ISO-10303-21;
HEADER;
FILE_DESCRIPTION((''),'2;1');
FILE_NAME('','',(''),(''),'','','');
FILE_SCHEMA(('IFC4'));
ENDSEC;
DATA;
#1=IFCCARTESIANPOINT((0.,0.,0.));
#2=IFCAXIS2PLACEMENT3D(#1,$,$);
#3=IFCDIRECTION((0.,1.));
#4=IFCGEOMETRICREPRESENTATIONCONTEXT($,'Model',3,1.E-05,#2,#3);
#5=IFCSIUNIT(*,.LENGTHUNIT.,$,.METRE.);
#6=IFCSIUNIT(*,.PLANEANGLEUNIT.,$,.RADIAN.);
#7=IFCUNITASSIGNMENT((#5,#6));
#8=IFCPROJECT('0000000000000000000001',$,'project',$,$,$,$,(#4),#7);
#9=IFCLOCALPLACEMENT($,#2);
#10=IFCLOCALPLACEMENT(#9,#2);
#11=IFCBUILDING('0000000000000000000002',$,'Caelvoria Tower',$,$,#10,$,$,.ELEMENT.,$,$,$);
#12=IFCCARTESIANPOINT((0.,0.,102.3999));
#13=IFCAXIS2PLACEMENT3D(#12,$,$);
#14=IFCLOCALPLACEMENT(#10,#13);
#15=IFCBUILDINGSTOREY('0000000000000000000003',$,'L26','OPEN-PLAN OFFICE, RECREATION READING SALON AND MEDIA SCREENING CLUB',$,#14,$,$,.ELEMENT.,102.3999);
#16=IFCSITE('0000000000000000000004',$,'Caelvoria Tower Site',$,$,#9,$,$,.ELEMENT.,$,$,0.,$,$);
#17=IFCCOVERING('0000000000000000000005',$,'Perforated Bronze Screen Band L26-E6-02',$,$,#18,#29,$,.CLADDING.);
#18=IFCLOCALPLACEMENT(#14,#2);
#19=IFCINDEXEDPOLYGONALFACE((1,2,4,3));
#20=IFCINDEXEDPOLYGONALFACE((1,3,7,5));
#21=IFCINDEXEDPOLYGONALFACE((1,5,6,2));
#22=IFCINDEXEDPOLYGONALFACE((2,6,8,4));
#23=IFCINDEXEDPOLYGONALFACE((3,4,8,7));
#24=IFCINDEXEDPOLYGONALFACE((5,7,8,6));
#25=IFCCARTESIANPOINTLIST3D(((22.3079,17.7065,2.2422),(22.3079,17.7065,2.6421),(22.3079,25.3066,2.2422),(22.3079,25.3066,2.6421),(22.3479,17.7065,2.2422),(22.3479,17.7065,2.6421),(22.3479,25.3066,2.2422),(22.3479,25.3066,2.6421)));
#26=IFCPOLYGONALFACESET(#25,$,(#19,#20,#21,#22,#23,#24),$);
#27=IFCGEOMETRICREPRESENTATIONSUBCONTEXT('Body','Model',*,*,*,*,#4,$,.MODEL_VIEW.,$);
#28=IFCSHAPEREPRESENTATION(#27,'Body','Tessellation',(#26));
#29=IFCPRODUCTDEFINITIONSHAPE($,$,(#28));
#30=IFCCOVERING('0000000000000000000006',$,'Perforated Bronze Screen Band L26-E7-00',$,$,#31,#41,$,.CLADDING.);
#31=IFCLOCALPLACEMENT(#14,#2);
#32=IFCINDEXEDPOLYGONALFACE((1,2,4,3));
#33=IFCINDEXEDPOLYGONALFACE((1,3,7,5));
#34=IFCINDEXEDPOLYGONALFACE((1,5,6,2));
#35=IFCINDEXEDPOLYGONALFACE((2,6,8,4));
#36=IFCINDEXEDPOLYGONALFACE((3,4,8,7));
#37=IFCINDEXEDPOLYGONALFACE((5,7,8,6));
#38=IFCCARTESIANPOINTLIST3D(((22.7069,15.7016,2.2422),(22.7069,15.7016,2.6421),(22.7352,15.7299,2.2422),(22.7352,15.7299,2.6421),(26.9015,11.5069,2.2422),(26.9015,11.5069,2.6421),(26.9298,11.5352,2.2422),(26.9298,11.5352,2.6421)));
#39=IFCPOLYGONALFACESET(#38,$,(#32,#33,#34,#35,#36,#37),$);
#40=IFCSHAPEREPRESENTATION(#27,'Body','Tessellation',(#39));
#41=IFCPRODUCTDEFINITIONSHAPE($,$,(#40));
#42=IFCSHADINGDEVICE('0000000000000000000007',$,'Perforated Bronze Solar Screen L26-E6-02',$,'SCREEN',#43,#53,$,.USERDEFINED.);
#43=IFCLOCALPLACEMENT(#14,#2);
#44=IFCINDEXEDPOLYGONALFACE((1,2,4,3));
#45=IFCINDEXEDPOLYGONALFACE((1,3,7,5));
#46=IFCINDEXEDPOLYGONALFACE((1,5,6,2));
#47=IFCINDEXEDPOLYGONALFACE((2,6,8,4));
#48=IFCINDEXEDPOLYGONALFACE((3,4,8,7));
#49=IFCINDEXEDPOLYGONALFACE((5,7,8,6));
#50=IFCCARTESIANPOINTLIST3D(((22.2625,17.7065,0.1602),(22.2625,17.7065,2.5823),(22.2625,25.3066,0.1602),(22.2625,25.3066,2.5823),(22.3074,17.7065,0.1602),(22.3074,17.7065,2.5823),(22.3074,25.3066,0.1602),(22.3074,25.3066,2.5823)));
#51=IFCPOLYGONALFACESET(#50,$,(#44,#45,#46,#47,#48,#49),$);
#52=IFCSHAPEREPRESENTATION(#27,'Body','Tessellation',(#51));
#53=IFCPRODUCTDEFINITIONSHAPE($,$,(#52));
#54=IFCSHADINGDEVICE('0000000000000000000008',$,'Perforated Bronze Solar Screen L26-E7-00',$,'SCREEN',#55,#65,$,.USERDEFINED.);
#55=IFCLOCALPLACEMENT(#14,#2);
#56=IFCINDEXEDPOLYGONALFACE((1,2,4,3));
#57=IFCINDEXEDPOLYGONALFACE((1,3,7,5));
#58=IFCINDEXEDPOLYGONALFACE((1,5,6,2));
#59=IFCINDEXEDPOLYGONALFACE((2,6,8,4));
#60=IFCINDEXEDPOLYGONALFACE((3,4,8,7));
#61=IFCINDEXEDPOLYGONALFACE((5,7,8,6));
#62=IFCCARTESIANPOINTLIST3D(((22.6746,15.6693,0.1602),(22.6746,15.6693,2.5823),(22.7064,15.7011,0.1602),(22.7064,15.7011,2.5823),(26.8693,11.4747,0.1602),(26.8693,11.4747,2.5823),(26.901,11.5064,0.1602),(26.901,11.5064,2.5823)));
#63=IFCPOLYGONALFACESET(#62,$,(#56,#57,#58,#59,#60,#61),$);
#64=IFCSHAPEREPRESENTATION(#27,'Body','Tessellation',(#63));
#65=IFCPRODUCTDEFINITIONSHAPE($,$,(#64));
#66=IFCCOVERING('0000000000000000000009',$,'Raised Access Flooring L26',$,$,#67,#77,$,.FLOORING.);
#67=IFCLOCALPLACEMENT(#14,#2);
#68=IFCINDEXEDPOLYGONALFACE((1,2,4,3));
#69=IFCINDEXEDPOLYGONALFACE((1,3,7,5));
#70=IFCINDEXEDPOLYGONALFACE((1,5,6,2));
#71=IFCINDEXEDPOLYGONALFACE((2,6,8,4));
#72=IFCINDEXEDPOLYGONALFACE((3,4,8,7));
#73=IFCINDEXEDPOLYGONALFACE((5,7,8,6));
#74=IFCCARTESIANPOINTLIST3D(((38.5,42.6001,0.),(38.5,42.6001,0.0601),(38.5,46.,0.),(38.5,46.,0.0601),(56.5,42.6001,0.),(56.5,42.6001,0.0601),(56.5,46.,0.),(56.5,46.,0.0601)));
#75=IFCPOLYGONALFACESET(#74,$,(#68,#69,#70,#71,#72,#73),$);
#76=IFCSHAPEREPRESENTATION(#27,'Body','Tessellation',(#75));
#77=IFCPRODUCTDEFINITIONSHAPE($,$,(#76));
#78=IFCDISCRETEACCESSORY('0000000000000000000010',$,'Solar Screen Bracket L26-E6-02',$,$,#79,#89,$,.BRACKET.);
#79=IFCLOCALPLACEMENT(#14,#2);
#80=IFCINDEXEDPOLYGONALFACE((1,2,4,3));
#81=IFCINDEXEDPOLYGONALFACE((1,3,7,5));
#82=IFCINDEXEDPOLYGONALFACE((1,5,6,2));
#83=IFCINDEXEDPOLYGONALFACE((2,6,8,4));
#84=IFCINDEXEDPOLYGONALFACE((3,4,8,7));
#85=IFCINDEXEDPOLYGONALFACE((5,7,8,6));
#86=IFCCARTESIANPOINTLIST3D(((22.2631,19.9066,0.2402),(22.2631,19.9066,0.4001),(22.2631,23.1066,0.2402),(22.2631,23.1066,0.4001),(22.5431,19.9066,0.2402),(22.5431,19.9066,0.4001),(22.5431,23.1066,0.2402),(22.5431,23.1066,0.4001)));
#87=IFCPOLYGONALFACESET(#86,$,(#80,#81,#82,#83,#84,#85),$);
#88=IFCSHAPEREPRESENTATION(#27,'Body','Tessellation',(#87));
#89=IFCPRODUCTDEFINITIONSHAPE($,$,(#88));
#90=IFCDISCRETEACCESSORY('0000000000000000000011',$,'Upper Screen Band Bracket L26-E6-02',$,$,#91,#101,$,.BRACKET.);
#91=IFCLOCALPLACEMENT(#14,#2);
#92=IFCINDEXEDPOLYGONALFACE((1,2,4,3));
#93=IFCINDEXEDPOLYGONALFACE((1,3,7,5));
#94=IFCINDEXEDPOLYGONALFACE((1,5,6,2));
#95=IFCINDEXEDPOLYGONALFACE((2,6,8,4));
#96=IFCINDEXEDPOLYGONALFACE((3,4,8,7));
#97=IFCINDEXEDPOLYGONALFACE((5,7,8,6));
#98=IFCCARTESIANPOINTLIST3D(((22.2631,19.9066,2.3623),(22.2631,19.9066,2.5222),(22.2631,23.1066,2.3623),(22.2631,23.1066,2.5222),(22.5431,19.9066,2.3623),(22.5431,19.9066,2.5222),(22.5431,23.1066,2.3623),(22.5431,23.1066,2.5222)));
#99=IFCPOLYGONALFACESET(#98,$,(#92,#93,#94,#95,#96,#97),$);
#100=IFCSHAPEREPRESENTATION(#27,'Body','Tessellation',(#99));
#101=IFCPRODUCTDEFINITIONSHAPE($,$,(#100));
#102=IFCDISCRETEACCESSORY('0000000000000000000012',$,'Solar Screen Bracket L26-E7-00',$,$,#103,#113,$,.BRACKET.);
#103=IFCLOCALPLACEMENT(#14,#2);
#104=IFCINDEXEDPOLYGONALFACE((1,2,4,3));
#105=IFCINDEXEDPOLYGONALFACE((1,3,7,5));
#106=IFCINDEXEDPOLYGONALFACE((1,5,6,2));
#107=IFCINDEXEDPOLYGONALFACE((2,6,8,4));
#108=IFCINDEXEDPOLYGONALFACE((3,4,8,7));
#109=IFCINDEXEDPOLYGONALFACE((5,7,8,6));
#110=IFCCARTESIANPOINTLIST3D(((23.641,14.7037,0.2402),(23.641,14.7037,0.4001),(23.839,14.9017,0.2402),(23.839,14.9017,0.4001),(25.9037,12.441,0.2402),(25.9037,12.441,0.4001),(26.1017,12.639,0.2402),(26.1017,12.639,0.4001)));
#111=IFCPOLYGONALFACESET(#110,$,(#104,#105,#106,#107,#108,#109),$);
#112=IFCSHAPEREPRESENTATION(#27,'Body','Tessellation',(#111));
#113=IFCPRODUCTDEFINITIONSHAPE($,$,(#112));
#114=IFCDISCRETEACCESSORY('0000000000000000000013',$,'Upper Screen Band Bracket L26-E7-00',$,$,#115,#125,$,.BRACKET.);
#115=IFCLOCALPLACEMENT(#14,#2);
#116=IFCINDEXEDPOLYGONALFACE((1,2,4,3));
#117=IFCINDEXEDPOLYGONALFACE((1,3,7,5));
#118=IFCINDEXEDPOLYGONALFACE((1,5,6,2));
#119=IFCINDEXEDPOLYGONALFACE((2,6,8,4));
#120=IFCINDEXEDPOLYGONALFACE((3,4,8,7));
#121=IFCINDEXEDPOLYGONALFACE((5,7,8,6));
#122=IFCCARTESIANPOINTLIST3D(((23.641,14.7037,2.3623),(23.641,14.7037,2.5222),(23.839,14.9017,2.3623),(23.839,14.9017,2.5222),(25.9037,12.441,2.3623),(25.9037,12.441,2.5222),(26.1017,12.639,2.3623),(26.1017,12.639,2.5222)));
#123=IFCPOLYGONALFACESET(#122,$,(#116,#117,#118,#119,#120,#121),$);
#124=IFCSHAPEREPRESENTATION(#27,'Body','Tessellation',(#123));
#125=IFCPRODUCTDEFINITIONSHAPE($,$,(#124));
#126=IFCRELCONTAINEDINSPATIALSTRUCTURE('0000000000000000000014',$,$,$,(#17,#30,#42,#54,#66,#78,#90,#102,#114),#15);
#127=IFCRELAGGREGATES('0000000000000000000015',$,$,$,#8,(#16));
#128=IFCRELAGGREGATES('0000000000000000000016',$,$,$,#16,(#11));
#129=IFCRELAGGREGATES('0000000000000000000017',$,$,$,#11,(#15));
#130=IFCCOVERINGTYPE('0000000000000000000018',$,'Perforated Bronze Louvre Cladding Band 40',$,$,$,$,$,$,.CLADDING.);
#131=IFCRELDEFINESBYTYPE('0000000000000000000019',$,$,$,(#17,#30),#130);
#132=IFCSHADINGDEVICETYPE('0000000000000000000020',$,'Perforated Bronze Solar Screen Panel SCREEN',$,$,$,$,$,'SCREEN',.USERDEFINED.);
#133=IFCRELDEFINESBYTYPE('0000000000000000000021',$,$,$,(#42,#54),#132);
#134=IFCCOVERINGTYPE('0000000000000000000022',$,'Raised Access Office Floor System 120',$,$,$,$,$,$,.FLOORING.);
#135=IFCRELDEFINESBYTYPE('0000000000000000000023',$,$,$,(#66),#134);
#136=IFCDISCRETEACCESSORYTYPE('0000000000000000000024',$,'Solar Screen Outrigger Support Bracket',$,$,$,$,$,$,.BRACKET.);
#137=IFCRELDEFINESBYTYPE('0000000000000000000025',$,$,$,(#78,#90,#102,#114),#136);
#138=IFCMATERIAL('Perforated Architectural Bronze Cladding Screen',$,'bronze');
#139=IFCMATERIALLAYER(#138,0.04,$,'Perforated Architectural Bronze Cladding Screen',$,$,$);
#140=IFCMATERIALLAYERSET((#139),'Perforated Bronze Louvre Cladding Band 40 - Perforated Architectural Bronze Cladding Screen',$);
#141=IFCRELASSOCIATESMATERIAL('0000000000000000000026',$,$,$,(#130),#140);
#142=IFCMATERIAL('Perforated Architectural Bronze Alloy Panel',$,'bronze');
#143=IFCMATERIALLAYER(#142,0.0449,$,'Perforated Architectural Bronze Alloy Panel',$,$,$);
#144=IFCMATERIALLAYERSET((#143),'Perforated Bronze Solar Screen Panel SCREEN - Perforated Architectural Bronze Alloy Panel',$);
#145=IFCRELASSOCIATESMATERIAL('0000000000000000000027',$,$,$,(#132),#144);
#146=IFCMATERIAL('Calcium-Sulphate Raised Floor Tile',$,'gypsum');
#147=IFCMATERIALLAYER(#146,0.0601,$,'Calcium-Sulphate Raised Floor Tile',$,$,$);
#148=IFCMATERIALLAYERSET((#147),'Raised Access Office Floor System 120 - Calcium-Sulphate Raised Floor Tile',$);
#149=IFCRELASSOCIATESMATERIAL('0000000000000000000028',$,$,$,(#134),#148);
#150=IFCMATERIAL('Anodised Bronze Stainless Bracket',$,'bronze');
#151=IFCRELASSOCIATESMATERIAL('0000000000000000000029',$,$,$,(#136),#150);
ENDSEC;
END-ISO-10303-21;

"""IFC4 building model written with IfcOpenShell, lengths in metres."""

from ifc_helpers import new_model, si_unit, direction, frame, origin, origin_2d, place, context, subcontext, project, spatial, polyline, rectangle, outline, extrude, material, layer, layer_set, type_object, element, save


model = new_model("IFC4")

# Units and contexts
model_context = context("Model", 3, precision=1e-05, world=origin(), true_north=direction((0.0, 1.0)))
body_context = subcontext(model_context, "Body", "Model", "MODEL_VIEW")
ifc_project = project(units=[si_unit("LENGTHUNIT", "METRE"), si_unit("PLANEANGLEUNIT", "RADIAN")], contexts=[model_context])

# Site, building, storey
site_placement = place(None, origin())
site = spatial("IfcSite", under=ifc_project, at=site_placement, Name="Caelvoria Tower Site", CompositionType="ELEMENT", RefElevation=0.0)
building_placement = place(site_placement, origin())
building = spatial("IfcBuilding", under=site, at=building_placement, Name="Caelvoria Tower", CompositionType="ELEMENT")
storey_placement = place(building_placement, frame((0.0, 0.0, 102.3999)))
storey = spatial("IfcBuildingStorey", under=building, at=storey_placement, Name="L26", Description="OPEN-PLAN OFFICE, RECREATION READING SALON AND MEDIA SCREENING CLUB", CompositionType="ELEMENT", Elevation=102.3999)

# Coverings
ifc_material_1 = material(Name="Perforated Architectural Bronze Cladding Screen", Category="bronze")
ifc_layer_1 = layer(ifc_material_1, 0.04, Name="Perforated Architectural Bronze Cladding Screen")
ifc_layer_set_1 = layer_set([ifc_layer_1], Name="Perforated Bronze Louvre Cladding Band 40 - Perforated Architectural Bronze Cladding Screen")
covering_type_1 = type_object("IfcCoveringType", Name="Perforated Bronze Louvre Cladding Band 40", PredefinedType="CLADDING", material=ifc_layer_set_1)
covering_1_placement = place(storey_placement, frame((22.3279, 21.5066, 2.2422), z_axis=(0.0, 0.0, 1.0), x_axis=(0.0, -1.0, 0.0)))
element("IfcCovering", 1, at=covering_1_placement, inside=storey, type_object=covering_type_1, Name="Perforated Bronze Screen Band L26-E6-02", PredefinedType="CLADDING", context=body_context, shape_type="SweptSolid", body=[
    extrude(rectangle(XDim=7.6001, YDim=0.04, at=origin_2d()), origin(), (0.0, 0.0, 1.0), 0.3999),
])
covering_2_placement = place(storey_placement, frame((24.8184, 13.6184, 2.2422), z_axis=(0.0, 0.0, 1.0), x_axis=(0.707107, -0.707107, 0.0)))
element("IfcCovering", 2, at=covering_2_placement, inside=storey, type_object=covering_type_1, Name="Perforated Bronze Screen Band L26-E7-00", PredefinedType="CLADDING", context=body_context, shape_type="SweptSolid", body=[
    extrude(rectangle(XDim=5.9321, YDim=0.04, at=origin_2d()), origin(), (0.0, 0.0, 1.0), 0.3999),
])

# Shading devices
ifc_material_2 = material(Name="Perforated Architectural Bronze Alloy Panel", Category="bronze")
ifc_layer_2 = layer(ifc_material_2, 0.0449, Name="Perforated Architectural Bronze Alloy Panel")
ifc_layer_set_2 = layer_set([ifc_layer_2], Name="Perforated Bronze Solar Screen Panel SCREEN - Perforated Architectural Bronze Alloy Panel")
shading_device_type = type_object("IfcShadingDeviceType", Name="Perforated Bronze Solar Screen Panel SCREEN", ElementType="SCREEN", PredefinedType="USERDEFINED", material=ifc_layer_set_2)
shading_device_1_placement = place(storey_placement, frame((22.2849, 21.5066, 0.1602), z_axis=(0.0, 0.0, 1.0), x_axis=(0.0, -1.0, 0.0)))
element("IfcShadingDevice", 3, at=shading_device_1_placement, inside=storey, type_object=shading_device_type, Name="Perforated Bronze Solar Screen L26-E6-02", ObjectType="SCREEN", PredefinedType="USERDEFINED", context=body_context, shape_type="SweptSolid", body=[
    extrude(rectangle(XDim=7.6001, YDim=0.0449, at=origin_2d()), origin(), (0.0, 0.0, 1.0), 2.4221),
])
shading_device_2_placement = place(storey_placement, frame((24.7878, 13.5879, 0.1602), z_axis=(0.0, 0.0, 1.0), x_axis=(0.707107, -0.707107, 0.0)))
element("IfcShadingDevice", 4, at=shading_device_2_placement, inside=storey, type_object=shading_device_type, Name="Perforated Bronze Solar Screen L26-E7-00", ObjectType="SCREEN", PredefinedType="USERDEFINED", context=body_context, shape_type="SweptSolid", body=[
    extrude(rectangle(XDim=5.9321, YDim=0.0449, at=origin_2d()), origin(), (0.0, 0.0, 1.0), 2.4221),
])

# Covering
ifc_material_3 = material(Name="Calcium-Sulphate Raised Floor Tile", Category="gypsum")
ifc_layer_3 = layer(ifc_material_3, 0.0601, Name="Calcium-Sulphate Raised Floor Tile")
ifc_layer_set_3 = layer_set([ifc_layer_3], Name="Raised Access Office Floor System 120 - Calcium-Sulphate Raised Floor Tile")
covering_type_2 = type_object("IfcCoveringType", Name="Raised Access Office Floor System 120", PredefinedType="FLOORING", material=ifc_layer_set_3)
covering_3_placement = place(storey_placement, origin())
element("IfcCovering", 5, at=covering_3_placement, inside=storey, type_object=covering_type_2, Name="Raised Access Flooring L26", PredefinedType="FLOORING", context=body_context, shape_type="SweptSolid", body=[
    extrude(outline(polyline([(38.5, 42.6001), (56.5, 42.6001), (56.5, 46.0), (38.5, 46.0), (38.5, 42.6001)])), origin(), (0.0, 0.0, 1.0), 0.0601),
])

# Discrete accessories
ifc_material_4 = material(Name="Anodised Bronze Stainless Bracket", Category="bronze")
discrete_accessory_type = type_object("IfcDiscreteAccessoryType", Name="Solar Screen Outrigger Support Bracket", PredefinedType="BRACKET", material=ifc_material_4)
for number, where, z_axis, x_axis, name in (
    (6, (22.4031, 21.5066, 0.2402), (0.0, 0.0, 1.0), (0.0, -1.0, 0.0), "Solar Screen Bracket L26-E6-02"),
    (7, (22.4031, 21.5066, 2.3623), (0.0, 0.0, 1.0), (0.0, -1.0, 0.0), "Upper Screen Band Bracket L26-E6-02"),
    (8, (24.8713, 13.6714, 0.2402), (0.0, 0.0, 1.0), (0.707107, -0.707107, 0.0), "Solar Screen Bracket L26-E7-00"),
    (9, (24.8713, 13.6714, 2.3623), (0.0, 0.0, 1.0), (0.707107, -0.707107, 0.0), "Upper Screen Band Bracket L26-E7-00"),
):
    element("IfcDiscreteAccessory", number, at=place(storey_placement, frame(where, z_axis=z_axis, x_axis=x_axis)), inside=storey, type_object=discrete_accessory_type, Name=name, PredefinedType="BRACKET", context=body_context, shape_type="SweptSolid", body=[
        extrude(rectangle(XDim=3.2, YDim=0.28, at=origin_2d()), origin(), (0.0, 0.0, 1.0), 0.1599),
    ])

save(model, "model.ifc")
